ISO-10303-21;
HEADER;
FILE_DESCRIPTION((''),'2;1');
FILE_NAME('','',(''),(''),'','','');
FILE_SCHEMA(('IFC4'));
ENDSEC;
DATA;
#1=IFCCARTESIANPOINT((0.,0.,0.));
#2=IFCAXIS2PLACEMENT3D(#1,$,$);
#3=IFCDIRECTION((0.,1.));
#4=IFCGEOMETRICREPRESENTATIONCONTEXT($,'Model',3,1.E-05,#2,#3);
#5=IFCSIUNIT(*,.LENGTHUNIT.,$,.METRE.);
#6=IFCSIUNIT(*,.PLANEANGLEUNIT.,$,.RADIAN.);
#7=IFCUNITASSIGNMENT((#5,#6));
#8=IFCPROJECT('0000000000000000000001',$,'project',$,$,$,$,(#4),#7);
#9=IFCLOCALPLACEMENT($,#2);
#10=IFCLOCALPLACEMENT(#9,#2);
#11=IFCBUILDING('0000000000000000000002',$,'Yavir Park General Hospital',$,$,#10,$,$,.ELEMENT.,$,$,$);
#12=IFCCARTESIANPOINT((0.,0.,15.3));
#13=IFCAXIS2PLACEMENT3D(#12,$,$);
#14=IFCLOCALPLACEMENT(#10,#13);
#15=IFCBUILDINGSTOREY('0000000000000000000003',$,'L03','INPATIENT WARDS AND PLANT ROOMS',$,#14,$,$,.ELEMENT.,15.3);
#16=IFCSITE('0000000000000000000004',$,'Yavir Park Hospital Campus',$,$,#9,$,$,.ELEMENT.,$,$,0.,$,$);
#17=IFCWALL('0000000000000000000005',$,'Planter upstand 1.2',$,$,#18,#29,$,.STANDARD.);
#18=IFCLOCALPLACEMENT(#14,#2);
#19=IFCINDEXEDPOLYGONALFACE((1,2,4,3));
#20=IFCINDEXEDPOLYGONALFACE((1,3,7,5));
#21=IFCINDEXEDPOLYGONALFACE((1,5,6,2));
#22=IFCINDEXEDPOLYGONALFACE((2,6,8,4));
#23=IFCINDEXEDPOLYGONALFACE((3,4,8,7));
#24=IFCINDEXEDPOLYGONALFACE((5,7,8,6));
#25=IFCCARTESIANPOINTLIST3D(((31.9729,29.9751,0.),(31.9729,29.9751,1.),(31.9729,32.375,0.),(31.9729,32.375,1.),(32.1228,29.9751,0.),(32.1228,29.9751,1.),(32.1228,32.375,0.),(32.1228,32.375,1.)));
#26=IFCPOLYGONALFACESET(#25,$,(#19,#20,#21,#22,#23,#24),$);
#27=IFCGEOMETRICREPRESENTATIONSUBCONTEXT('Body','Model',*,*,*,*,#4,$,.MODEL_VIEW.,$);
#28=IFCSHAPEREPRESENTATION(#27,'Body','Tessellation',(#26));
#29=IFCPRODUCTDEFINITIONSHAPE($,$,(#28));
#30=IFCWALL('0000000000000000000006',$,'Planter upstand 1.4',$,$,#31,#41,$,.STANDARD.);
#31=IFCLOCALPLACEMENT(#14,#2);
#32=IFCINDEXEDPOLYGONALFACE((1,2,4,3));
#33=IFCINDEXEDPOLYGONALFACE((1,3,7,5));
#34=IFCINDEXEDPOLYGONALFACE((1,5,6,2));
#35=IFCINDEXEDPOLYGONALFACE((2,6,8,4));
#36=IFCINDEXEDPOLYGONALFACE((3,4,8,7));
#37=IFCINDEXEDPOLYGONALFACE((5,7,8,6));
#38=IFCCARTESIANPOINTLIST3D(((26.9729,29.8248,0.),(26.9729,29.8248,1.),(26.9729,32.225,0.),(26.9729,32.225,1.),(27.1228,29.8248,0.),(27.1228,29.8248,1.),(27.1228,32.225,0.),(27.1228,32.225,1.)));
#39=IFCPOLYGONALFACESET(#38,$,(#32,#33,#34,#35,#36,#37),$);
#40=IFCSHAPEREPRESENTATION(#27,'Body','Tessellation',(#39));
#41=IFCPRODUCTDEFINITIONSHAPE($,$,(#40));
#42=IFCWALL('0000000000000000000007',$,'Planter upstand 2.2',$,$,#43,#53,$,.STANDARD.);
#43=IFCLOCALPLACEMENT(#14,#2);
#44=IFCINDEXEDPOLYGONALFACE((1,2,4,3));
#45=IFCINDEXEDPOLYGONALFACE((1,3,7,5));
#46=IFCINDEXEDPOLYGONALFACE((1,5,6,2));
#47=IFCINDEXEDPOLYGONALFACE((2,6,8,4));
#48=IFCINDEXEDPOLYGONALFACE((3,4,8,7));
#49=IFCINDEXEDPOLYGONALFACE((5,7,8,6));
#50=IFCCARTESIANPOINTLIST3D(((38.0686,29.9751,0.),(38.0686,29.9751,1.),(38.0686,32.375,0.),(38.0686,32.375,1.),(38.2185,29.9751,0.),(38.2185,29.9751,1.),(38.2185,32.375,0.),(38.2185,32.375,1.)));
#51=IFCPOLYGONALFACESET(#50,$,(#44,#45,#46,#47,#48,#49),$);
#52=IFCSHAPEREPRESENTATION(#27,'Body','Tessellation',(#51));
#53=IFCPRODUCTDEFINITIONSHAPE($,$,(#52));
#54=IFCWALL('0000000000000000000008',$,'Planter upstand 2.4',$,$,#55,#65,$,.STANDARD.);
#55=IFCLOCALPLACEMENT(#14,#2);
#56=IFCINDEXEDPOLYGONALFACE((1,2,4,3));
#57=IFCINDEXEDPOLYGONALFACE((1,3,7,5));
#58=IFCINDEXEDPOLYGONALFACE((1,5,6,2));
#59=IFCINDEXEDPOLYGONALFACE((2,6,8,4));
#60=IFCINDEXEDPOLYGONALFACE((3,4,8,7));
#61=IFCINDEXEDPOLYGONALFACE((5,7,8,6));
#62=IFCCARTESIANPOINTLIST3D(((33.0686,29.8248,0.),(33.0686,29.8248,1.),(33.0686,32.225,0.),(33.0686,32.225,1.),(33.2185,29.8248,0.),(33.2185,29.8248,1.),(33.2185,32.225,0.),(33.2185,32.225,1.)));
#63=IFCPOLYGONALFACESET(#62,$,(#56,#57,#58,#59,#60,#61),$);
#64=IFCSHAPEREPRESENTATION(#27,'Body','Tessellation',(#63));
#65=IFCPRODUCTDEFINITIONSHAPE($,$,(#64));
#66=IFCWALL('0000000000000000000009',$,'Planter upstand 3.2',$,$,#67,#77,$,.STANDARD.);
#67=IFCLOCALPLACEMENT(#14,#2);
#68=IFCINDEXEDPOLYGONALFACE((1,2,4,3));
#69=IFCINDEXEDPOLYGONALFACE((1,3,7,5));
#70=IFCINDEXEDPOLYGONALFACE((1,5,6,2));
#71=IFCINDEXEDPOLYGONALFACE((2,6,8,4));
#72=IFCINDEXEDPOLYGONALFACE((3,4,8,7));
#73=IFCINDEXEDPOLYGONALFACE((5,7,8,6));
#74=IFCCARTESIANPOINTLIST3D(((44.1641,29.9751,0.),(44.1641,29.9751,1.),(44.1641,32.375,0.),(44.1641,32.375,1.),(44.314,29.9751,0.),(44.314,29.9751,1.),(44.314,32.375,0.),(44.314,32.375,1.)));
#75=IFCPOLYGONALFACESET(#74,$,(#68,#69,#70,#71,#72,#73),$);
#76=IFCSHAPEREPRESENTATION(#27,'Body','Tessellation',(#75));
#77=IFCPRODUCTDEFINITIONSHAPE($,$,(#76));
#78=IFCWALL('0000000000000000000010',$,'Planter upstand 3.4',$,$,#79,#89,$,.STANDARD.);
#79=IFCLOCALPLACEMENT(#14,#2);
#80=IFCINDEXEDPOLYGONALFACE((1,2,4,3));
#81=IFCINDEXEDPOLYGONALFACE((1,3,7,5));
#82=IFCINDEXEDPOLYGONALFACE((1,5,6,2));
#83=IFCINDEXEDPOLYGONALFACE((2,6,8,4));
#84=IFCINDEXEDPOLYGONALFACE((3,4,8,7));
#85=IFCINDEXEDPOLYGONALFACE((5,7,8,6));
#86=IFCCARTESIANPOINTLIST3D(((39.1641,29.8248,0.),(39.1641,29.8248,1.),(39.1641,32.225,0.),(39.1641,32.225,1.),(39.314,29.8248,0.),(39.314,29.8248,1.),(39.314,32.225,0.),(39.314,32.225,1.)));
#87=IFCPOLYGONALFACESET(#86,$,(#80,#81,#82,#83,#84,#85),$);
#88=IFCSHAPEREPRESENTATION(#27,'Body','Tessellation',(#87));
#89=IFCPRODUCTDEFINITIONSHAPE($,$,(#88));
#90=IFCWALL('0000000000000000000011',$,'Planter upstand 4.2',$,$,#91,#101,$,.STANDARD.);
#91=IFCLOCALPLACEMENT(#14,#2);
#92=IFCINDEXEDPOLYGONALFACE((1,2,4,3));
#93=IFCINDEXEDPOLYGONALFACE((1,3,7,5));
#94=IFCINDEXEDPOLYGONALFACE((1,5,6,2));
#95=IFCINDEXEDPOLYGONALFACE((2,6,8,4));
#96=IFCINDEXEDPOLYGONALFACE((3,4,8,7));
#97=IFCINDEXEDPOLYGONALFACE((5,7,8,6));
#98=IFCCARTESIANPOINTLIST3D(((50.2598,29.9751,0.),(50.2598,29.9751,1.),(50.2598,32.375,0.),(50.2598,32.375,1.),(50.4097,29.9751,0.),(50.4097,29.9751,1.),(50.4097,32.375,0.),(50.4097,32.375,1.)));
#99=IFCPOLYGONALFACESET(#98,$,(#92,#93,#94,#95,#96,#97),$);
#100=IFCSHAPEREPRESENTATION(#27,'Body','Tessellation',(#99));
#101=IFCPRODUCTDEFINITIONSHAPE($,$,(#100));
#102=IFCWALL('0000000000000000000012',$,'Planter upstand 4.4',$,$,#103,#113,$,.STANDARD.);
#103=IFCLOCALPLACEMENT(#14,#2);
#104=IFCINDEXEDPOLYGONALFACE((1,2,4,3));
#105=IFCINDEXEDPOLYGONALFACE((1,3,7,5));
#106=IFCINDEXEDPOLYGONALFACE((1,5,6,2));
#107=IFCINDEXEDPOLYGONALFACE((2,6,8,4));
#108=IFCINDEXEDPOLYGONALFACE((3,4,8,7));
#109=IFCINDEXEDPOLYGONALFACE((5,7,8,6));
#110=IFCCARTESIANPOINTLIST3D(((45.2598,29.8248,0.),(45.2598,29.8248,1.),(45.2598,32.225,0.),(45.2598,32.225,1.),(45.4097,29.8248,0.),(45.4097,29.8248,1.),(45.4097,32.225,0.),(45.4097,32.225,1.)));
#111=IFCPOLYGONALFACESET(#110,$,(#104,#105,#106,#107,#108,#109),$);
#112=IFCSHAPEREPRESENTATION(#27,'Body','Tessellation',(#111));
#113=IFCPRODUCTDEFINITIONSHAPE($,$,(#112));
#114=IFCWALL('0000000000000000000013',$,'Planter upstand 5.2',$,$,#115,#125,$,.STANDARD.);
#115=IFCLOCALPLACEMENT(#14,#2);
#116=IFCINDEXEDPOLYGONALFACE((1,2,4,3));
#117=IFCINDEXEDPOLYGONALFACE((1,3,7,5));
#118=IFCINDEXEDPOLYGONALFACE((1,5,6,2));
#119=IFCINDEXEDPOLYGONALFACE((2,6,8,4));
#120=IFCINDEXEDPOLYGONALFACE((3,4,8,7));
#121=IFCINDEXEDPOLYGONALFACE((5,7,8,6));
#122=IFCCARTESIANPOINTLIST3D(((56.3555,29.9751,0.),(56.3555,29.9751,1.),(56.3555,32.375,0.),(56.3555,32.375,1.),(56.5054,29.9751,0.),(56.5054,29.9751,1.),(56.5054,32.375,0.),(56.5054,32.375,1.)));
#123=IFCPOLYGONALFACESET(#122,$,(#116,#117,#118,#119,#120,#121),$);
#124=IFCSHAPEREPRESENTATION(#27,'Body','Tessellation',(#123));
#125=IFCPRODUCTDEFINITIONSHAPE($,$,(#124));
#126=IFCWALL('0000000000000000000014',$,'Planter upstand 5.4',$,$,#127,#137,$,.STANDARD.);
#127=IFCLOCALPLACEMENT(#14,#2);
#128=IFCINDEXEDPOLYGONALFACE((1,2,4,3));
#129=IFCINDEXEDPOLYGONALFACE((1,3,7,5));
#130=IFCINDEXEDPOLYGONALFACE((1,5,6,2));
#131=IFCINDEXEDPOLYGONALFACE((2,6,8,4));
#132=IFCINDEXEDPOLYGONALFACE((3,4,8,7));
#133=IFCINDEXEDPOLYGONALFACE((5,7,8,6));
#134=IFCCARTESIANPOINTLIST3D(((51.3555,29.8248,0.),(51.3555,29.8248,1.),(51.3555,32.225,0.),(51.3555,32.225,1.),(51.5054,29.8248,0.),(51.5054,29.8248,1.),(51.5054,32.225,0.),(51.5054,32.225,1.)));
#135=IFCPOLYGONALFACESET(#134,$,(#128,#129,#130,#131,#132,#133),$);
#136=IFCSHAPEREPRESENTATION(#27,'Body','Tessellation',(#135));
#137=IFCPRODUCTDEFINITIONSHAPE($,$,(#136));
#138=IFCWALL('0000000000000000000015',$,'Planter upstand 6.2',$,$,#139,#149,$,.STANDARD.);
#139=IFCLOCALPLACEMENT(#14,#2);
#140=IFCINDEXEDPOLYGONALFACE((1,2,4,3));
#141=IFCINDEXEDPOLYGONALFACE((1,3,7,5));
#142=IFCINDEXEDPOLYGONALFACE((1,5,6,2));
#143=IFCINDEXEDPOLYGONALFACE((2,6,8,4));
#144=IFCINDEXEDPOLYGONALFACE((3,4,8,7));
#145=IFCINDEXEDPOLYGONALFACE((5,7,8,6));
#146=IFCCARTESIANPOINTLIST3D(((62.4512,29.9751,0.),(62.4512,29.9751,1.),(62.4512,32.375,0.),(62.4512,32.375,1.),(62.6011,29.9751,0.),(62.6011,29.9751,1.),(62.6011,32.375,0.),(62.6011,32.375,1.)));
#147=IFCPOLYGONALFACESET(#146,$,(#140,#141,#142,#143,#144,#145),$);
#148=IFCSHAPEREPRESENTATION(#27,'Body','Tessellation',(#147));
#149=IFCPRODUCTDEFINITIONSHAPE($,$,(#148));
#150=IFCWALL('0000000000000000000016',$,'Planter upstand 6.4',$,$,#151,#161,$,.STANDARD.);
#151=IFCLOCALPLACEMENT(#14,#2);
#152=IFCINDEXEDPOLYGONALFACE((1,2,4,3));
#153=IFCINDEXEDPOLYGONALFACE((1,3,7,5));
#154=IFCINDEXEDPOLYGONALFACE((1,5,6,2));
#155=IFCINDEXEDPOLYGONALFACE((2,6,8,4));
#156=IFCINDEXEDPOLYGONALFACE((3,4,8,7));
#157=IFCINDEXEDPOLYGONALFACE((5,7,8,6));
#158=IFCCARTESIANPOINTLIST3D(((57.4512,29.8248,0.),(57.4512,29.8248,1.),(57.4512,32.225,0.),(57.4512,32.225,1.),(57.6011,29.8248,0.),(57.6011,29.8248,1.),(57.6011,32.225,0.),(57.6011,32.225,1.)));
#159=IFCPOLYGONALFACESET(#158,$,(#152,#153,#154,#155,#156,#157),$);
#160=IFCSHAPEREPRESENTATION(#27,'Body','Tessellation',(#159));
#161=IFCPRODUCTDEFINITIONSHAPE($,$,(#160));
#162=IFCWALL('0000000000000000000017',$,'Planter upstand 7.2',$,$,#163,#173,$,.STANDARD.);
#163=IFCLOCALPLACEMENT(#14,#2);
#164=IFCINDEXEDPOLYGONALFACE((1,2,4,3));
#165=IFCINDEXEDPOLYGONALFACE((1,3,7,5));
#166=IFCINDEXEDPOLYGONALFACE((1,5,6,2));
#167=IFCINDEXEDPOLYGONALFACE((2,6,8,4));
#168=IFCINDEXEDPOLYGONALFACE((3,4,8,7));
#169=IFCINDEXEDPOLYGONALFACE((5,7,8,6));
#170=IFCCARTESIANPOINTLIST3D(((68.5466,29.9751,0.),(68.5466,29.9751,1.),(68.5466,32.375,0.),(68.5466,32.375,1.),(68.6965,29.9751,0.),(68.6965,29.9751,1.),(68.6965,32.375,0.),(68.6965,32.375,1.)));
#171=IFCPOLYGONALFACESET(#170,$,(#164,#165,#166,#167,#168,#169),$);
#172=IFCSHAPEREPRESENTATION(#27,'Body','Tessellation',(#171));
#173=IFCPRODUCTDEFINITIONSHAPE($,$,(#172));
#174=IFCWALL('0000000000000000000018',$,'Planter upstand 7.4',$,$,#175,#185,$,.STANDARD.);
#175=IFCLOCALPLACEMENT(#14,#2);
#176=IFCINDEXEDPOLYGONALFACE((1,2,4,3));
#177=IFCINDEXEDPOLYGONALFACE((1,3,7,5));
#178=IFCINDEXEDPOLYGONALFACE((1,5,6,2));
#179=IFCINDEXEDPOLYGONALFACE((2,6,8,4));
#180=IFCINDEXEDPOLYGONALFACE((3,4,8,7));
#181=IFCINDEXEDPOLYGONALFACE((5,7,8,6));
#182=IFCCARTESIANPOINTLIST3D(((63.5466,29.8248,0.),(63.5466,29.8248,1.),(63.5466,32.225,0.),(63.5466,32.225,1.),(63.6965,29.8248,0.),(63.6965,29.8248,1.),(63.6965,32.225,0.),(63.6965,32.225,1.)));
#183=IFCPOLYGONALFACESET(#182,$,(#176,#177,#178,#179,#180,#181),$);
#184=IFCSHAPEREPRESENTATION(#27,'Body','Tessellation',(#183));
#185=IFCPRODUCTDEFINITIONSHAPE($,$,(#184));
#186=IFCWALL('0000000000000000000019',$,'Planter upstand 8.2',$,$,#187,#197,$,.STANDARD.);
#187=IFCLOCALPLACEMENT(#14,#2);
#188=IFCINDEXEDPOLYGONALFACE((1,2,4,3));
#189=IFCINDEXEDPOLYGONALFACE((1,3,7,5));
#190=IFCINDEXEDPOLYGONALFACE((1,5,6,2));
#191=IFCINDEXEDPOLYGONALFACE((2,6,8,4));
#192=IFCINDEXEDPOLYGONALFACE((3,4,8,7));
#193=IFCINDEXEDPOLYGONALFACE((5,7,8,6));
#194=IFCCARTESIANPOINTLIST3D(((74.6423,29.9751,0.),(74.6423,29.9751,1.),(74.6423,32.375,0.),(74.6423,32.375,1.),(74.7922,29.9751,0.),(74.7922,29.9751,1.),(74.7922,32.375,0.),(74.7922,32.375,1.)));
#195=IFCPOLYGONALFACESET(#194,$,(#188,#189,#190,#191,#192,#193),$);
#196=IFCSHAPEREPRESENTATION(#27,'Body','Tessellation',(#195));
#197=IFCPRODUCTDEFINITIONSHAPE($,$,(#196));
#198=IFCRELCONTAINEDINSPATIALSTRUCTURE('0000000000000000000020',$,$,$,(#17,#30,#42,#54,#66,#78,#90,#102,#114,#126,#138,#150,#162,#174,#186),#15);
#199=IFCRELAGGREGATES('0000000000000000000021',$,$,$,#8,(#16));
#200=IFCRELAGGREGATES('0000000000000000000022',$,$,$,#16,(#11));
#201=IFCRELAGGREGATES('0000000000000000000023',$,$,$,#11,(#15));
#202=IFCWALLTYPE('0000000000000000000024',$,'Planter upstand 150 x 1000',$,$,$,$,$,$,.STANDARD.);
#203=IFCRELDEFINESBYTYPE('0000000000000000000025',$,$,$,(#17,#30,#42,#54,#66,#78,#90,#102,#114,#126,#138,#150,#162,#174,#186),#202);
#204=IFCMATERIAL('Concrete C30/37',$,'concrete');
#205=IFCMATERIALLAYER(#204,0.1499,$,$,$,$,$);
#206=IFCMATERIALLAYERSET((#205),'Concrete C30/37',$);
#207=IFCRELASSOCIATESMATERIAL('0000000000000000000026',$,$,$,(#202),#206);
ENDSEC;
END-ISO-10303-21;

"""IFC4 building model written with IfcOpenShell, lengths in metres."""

from ifc_helpers import new_model, si_unit, direction, frame, frame_2d, origin, place, context, subcontext, project, spatial, rectangle, extrude, material, layer, layer_set, type_object, element, save


model = new_model("IFC4")

# Units and contexts
model_context = context("Model", 3, precision=1e-05, world=origin(), true_north=direction((0.0, 1.0)))
body_context = subcontext(model_context, "Body", "Model", "MODEL_VIEW")
ifc_project = project(units=[si_unit("LENGTHUNIT", "METRE"), si_unit("PLANEANGLEUNIT", "RADIAN")], contexts=[model_context])

# Site, building, storey
site_placement = place(None, origin())
site = spatial("IfcSite", under=ifc_project, at=site_placement, Name="Yavir Park Hospital Campus", CompositionType="ELEMENT", RefElevation=0.0)
building_placement = place(site_placement, origin())
building = spatial("IfcBuilding", under=site, at=building_placement, Name="Yavir Park General Hospital", CompositionType="ELEMENT")
storey_placement = place(building_placement, frame((0.0, 0.0, 15.3)))
storey = spatial("IfcBuildingStorey", under=building, at=storey_placement, Name="L03", Description="INPATIENT WARDS AND PLANT ROOMS", CompositionType="ELEMENT", Elevation=15.3)

# Walls
ifc_material = material(Name="Concrete C30/37", Category="concrete")
ifc_layer = layer(ifc_material, 0.1499)
ifc_layer_set = layer_set([ifc_layer], Name="Concrete C30/37")
wall_type = type_object("IfcWallType", Name="Planter upstand 150 x 1000", PredefinedType="STANDARD", material=ifc_layer_set)
wall_1_placement = place(storey_placement, frame((32.0479, 29.9751, 0.0), z_axis=(0.0, 0.0, 1.0), x_axis=(0.0, 1.0, 0.0)))
element("IfcWall", 1, at=wall_1_placement, inside=storey, type_object=wall_type, Name="Planter upstand 1.2", PredefinedType="STANDARD", context=body_context, shape_type="SweptSolid", body=[
    extrude(rectangle(XDim=2.3999, YDim=0.1499, at=frame_2d((1.2, 0.0))), origin(), (0.0, 0.0, 1.0), 1.0),
])
wall_2_placement = place(storey_placement, frame((27.0479, 32.2251, 0.0), z_axis=(0.0, 0.0, 1.0), x_axis=(0.0, -1.0, 0.0)))
element("IfcWall", 2, at=wall_2_placement, inside=storey, type_object=wall_type, Name="Planter upstand 1.4", PredefinedType="STANDARD", context=body_context, shape_type="SweptSolid", body=[
    extrude(rectangle(XDim=2.4001, YDim=0.1499, at=frame_2d((1.2002, 0.0))), origin(), (0.0, 0.0, 1.0), 1.0),
])
wall_3_placement = place(storey_placement, frame((38.1436, 29.9751, 0.0), z_axis=(0.0, 0.0, 1.0), x_axis=(0.0, 1.0, 0.0)))
element("IfcWall", 3, at=wall_3_placement, inside=storey, type_object=wall_type, Name="Planter upstand 2.2", PredefinedType="STANDARD", context=body_context, shape_type="SweptSolid", body=[
    extrude(rectangle(XDim=2.3999, YDim=0.1499, at=frame_2d((1.2, 0.0))), origin(), (0.0, 0.0, 1.0), 1.0),
])
wall_4_placement = place(storey_placement, frame((33.1436, 32.2251, 0.0), z_axis=(0.0, 0.0, 1.0), x_axis=(0.0, -1.0, 0.0)))
element("IfcWall", 4, at=wall_4_placement, inside=storey, type_object=wall_type, Name="Planter upstand 2.4", PredefinedType="STANDARD", context=body_context, shape_type="SweptSolid", body=[
    extrude(rectangle(XDim=2.4001, YDim=0.1499, at=frame_2d((1.2002, 0.0))), origin(), (0.0, 0.0, 1.0), 1.0),
])
wall_5_placement = place(storey_placement, frame((44.239, 29.9751, 0.0), z_axis=(0.0, 0.0, 1.0), x_axis=(0.0, 1.0, 0.0)))
element("IfcWall", 5, at=wall_5_placement, inside=storey, type_object=wall_type, Name="Planter upstand 3.2", PredefinedType="STANDARD", context=body_context, shape_type="SweptSolid", body=[
    extrude(rectangle(XDim=2.3999, YDim=0.1499, at=frame_2d((1.2, 0.0))), origin(), (0.0, 0.0, 1.0), 1.0),
])
wall_6_placement = place(storey_placement, frame((39.239, 32.2251, 0.0), z_axis=(0.0, 0.0, 1.0), x_axis=(0.0, -1.0, 0.0)))
element("IfcWall", 6, at=wall_6_placement, inside=storey, type_object=wall_type, Name="Planter upstand 3.4", PredefinedType="STANDARD", context=body_context, shape_type="SweptSolid", body=[
    extrude(rectangle(XDim=2.4001, YDim=0.1499, at=frame_2d((1.2002, 0.0))), origin(), (0.0, 0.0, 1.0), 1.0),
])
wall_7_placement = place(storey_placement, frame((50.3347, 29.9751, 0.0), z_axis=(0.0, 0.0, 1.0), x_axis=(0.0, 1.0, 0.0)))
element("IfcWall", 7, at=wall_7_placement, inside=storey, type_object=wall_type, Name="Planter upstand 4.2", PredefinedType="STANDARD", context=body_context, shape_type="SweptSolid", body=[
    extrude(rectangle(XDim=2.3999, YDim=0.1499, at=frame_2d((1.2, 0.0))), origin(), (0.0, 0.0, 1.0), 1.0),
])
wall_8_placement = place(storey_placement, frame((45.3347, 32.2251, 0.0), z_axis=(0.0, 0.0, 1.0), x_axis=(0.0, -1.0, 0.0)))
element("IfcWall", 8, at=wall_8_placement, inside=storey, type_object=wall_type, Name="Planter upstand 4.4", PredefinedType="STANDARD", context=body_context, shape_type="SweptSolid", body=[
    extrude(rectangle(XDim=2.4001, YDim=0.1499, at=frame_2d((1.2002, 0.0))), origin(), (0.0, 0.0, 1.0), 1.0),
])
wall_9_placement = place(storey_placement, frame((56.4304, 29.9751, 0.0), z_axis=(0.0, 0.0, 1.0), x_axis=(0.0, 1.0, 0.0)))
element("IfcWall", 9, at=wall_9_placement, inside=storey, type_object=wall_type, Name="Planter upstand 5.2", PredefinedType="STANDARD", context=body_context, shape_type="SweptSolid", body=[
    extrude(rectangle(XDim=2.3999, YDim=0.1499, at=frame_2d((1.2, 0.0))), origin(), (0.0, 0.0, 1.0), 1.0),
])
wall_10_placement = place(storey_placement, frame((51.4304, 32.2251, 0.0), z_axis=(0.0, 0.0, 1.0), x_axis=(0.0, -1.0, 0.0)))
element("IfcWall", 10, at=wall_10_placement, inside=storey, type_object=wall_type, Name="Planter upstand 5.4", PredefinedType="STANDARD", context=body_context, shape_type="SweptSolid", body=[
    extrude(rectangle(XDim=2.4001, YDim=0.1499, at=frame_2d((1.2002, 0.0))), origin(), (0.0, 0.0, 1.0), 1.0),
])
wall_11_placement = place(storey_placement, frame((62.5261, 29.9751, 0.0), z_axis=(0.0, 0.0, 1.0), x_axis=(0.0, 1.0, 0.0)))
element("IfcWall", 11, at=wall_11_placement, inside=storey, type_object=wall_type, Name="Planter upstand 6.2", PredefinedType="STANDARD", context=body_context, shape_type="SweptSolid", body=[
    extrude(rectangle(XDim=2.3999, YDim=0.1499, at=frame_2d((1.2, 0.0))), origin(), (0.0, 0.0, 1.0), 1.0),
])
wall_12_placement = place(storey_placement, frame((57.5261, 32.2251, 0.0), z_axis=(0.0, 0.0, 1.0), x_axis=(0.0, -1.0, 0.0)))
element("IfcWall", 12, at=wall_12_placement, inside=storey, type_object=wall_type, Name="Planter upstand 6.4", PredefinedType="STANDARD", context=body_context, shape_type="SweptSolid", body=[
    extrude(rectangle(XDim=2.4001, YDim=0.1499, at=frame_2d((1.2002, 0.0))), origin(), (0.0, 0.0, 1.0), 1.0),
])
wall_13_placement = place(storey_placement, frame((68.6216, 29.9751, 0.0), z_axis=(0.0, 0.0, 1.0), x_axis=(0.0, 1.0, 0.0)))
element("IfcWall", 13, at=wall_13_placement, inside=storey, type_object=wall_type, Name="Planter upstand 7.2", PredefinedType="STANDARD", context=body_context, shape_type="SweptSolid", body=[
    extrude(rectangle(XDim=2.3999, YDim=0.1499, at=frame_2d((1.2, 0.0))), origin(), (0.0, 0.0, 1.0), 1.0),
])
wall_14_placement = place(storey_placement, frame((63.6216, 32.2251, 0.0), z_axis=(0.0, 0.0, 1.0), x_axis=(0.0, -1.0, 0.0)))
element("IfcWall", 14, at=wall_14_placement, inside=storey, type_object=wall_type, Name="Planter upstand 7.4", PredefinedType="STANDARD", context=body_context, shape_type="SweptSolid", body=[
    extrude(rectangle(XDim=2.4001, YDim=0.1499, at=frame_2d((1.2002, 0.0))), origin(), (0.0, 0.0, 1.0), 1.0),
])
wall_15_placement = place(storey_placement, frame((74.7173, 29.9751, 0.0), z_axis=(0.0, 0.0, 1.0), x_axis=(0.0, 1.0, 0.0)))
element("IfcWall", 15, at=wall_15_placement, inside=storey, type_object=wall_type, Name="Planter upstand 8.2", PredefinedType="STANDARD", context=body_context, shape_type="SweptSolid", body=[
    extrude(rectangle(XDim=2.3999, YDim=0.1499, at=frame_2d((1.2, 0.0))), origin(), (0.0, 0.0, 1.0), 1.0),
])

save(model, "model.ifc")
